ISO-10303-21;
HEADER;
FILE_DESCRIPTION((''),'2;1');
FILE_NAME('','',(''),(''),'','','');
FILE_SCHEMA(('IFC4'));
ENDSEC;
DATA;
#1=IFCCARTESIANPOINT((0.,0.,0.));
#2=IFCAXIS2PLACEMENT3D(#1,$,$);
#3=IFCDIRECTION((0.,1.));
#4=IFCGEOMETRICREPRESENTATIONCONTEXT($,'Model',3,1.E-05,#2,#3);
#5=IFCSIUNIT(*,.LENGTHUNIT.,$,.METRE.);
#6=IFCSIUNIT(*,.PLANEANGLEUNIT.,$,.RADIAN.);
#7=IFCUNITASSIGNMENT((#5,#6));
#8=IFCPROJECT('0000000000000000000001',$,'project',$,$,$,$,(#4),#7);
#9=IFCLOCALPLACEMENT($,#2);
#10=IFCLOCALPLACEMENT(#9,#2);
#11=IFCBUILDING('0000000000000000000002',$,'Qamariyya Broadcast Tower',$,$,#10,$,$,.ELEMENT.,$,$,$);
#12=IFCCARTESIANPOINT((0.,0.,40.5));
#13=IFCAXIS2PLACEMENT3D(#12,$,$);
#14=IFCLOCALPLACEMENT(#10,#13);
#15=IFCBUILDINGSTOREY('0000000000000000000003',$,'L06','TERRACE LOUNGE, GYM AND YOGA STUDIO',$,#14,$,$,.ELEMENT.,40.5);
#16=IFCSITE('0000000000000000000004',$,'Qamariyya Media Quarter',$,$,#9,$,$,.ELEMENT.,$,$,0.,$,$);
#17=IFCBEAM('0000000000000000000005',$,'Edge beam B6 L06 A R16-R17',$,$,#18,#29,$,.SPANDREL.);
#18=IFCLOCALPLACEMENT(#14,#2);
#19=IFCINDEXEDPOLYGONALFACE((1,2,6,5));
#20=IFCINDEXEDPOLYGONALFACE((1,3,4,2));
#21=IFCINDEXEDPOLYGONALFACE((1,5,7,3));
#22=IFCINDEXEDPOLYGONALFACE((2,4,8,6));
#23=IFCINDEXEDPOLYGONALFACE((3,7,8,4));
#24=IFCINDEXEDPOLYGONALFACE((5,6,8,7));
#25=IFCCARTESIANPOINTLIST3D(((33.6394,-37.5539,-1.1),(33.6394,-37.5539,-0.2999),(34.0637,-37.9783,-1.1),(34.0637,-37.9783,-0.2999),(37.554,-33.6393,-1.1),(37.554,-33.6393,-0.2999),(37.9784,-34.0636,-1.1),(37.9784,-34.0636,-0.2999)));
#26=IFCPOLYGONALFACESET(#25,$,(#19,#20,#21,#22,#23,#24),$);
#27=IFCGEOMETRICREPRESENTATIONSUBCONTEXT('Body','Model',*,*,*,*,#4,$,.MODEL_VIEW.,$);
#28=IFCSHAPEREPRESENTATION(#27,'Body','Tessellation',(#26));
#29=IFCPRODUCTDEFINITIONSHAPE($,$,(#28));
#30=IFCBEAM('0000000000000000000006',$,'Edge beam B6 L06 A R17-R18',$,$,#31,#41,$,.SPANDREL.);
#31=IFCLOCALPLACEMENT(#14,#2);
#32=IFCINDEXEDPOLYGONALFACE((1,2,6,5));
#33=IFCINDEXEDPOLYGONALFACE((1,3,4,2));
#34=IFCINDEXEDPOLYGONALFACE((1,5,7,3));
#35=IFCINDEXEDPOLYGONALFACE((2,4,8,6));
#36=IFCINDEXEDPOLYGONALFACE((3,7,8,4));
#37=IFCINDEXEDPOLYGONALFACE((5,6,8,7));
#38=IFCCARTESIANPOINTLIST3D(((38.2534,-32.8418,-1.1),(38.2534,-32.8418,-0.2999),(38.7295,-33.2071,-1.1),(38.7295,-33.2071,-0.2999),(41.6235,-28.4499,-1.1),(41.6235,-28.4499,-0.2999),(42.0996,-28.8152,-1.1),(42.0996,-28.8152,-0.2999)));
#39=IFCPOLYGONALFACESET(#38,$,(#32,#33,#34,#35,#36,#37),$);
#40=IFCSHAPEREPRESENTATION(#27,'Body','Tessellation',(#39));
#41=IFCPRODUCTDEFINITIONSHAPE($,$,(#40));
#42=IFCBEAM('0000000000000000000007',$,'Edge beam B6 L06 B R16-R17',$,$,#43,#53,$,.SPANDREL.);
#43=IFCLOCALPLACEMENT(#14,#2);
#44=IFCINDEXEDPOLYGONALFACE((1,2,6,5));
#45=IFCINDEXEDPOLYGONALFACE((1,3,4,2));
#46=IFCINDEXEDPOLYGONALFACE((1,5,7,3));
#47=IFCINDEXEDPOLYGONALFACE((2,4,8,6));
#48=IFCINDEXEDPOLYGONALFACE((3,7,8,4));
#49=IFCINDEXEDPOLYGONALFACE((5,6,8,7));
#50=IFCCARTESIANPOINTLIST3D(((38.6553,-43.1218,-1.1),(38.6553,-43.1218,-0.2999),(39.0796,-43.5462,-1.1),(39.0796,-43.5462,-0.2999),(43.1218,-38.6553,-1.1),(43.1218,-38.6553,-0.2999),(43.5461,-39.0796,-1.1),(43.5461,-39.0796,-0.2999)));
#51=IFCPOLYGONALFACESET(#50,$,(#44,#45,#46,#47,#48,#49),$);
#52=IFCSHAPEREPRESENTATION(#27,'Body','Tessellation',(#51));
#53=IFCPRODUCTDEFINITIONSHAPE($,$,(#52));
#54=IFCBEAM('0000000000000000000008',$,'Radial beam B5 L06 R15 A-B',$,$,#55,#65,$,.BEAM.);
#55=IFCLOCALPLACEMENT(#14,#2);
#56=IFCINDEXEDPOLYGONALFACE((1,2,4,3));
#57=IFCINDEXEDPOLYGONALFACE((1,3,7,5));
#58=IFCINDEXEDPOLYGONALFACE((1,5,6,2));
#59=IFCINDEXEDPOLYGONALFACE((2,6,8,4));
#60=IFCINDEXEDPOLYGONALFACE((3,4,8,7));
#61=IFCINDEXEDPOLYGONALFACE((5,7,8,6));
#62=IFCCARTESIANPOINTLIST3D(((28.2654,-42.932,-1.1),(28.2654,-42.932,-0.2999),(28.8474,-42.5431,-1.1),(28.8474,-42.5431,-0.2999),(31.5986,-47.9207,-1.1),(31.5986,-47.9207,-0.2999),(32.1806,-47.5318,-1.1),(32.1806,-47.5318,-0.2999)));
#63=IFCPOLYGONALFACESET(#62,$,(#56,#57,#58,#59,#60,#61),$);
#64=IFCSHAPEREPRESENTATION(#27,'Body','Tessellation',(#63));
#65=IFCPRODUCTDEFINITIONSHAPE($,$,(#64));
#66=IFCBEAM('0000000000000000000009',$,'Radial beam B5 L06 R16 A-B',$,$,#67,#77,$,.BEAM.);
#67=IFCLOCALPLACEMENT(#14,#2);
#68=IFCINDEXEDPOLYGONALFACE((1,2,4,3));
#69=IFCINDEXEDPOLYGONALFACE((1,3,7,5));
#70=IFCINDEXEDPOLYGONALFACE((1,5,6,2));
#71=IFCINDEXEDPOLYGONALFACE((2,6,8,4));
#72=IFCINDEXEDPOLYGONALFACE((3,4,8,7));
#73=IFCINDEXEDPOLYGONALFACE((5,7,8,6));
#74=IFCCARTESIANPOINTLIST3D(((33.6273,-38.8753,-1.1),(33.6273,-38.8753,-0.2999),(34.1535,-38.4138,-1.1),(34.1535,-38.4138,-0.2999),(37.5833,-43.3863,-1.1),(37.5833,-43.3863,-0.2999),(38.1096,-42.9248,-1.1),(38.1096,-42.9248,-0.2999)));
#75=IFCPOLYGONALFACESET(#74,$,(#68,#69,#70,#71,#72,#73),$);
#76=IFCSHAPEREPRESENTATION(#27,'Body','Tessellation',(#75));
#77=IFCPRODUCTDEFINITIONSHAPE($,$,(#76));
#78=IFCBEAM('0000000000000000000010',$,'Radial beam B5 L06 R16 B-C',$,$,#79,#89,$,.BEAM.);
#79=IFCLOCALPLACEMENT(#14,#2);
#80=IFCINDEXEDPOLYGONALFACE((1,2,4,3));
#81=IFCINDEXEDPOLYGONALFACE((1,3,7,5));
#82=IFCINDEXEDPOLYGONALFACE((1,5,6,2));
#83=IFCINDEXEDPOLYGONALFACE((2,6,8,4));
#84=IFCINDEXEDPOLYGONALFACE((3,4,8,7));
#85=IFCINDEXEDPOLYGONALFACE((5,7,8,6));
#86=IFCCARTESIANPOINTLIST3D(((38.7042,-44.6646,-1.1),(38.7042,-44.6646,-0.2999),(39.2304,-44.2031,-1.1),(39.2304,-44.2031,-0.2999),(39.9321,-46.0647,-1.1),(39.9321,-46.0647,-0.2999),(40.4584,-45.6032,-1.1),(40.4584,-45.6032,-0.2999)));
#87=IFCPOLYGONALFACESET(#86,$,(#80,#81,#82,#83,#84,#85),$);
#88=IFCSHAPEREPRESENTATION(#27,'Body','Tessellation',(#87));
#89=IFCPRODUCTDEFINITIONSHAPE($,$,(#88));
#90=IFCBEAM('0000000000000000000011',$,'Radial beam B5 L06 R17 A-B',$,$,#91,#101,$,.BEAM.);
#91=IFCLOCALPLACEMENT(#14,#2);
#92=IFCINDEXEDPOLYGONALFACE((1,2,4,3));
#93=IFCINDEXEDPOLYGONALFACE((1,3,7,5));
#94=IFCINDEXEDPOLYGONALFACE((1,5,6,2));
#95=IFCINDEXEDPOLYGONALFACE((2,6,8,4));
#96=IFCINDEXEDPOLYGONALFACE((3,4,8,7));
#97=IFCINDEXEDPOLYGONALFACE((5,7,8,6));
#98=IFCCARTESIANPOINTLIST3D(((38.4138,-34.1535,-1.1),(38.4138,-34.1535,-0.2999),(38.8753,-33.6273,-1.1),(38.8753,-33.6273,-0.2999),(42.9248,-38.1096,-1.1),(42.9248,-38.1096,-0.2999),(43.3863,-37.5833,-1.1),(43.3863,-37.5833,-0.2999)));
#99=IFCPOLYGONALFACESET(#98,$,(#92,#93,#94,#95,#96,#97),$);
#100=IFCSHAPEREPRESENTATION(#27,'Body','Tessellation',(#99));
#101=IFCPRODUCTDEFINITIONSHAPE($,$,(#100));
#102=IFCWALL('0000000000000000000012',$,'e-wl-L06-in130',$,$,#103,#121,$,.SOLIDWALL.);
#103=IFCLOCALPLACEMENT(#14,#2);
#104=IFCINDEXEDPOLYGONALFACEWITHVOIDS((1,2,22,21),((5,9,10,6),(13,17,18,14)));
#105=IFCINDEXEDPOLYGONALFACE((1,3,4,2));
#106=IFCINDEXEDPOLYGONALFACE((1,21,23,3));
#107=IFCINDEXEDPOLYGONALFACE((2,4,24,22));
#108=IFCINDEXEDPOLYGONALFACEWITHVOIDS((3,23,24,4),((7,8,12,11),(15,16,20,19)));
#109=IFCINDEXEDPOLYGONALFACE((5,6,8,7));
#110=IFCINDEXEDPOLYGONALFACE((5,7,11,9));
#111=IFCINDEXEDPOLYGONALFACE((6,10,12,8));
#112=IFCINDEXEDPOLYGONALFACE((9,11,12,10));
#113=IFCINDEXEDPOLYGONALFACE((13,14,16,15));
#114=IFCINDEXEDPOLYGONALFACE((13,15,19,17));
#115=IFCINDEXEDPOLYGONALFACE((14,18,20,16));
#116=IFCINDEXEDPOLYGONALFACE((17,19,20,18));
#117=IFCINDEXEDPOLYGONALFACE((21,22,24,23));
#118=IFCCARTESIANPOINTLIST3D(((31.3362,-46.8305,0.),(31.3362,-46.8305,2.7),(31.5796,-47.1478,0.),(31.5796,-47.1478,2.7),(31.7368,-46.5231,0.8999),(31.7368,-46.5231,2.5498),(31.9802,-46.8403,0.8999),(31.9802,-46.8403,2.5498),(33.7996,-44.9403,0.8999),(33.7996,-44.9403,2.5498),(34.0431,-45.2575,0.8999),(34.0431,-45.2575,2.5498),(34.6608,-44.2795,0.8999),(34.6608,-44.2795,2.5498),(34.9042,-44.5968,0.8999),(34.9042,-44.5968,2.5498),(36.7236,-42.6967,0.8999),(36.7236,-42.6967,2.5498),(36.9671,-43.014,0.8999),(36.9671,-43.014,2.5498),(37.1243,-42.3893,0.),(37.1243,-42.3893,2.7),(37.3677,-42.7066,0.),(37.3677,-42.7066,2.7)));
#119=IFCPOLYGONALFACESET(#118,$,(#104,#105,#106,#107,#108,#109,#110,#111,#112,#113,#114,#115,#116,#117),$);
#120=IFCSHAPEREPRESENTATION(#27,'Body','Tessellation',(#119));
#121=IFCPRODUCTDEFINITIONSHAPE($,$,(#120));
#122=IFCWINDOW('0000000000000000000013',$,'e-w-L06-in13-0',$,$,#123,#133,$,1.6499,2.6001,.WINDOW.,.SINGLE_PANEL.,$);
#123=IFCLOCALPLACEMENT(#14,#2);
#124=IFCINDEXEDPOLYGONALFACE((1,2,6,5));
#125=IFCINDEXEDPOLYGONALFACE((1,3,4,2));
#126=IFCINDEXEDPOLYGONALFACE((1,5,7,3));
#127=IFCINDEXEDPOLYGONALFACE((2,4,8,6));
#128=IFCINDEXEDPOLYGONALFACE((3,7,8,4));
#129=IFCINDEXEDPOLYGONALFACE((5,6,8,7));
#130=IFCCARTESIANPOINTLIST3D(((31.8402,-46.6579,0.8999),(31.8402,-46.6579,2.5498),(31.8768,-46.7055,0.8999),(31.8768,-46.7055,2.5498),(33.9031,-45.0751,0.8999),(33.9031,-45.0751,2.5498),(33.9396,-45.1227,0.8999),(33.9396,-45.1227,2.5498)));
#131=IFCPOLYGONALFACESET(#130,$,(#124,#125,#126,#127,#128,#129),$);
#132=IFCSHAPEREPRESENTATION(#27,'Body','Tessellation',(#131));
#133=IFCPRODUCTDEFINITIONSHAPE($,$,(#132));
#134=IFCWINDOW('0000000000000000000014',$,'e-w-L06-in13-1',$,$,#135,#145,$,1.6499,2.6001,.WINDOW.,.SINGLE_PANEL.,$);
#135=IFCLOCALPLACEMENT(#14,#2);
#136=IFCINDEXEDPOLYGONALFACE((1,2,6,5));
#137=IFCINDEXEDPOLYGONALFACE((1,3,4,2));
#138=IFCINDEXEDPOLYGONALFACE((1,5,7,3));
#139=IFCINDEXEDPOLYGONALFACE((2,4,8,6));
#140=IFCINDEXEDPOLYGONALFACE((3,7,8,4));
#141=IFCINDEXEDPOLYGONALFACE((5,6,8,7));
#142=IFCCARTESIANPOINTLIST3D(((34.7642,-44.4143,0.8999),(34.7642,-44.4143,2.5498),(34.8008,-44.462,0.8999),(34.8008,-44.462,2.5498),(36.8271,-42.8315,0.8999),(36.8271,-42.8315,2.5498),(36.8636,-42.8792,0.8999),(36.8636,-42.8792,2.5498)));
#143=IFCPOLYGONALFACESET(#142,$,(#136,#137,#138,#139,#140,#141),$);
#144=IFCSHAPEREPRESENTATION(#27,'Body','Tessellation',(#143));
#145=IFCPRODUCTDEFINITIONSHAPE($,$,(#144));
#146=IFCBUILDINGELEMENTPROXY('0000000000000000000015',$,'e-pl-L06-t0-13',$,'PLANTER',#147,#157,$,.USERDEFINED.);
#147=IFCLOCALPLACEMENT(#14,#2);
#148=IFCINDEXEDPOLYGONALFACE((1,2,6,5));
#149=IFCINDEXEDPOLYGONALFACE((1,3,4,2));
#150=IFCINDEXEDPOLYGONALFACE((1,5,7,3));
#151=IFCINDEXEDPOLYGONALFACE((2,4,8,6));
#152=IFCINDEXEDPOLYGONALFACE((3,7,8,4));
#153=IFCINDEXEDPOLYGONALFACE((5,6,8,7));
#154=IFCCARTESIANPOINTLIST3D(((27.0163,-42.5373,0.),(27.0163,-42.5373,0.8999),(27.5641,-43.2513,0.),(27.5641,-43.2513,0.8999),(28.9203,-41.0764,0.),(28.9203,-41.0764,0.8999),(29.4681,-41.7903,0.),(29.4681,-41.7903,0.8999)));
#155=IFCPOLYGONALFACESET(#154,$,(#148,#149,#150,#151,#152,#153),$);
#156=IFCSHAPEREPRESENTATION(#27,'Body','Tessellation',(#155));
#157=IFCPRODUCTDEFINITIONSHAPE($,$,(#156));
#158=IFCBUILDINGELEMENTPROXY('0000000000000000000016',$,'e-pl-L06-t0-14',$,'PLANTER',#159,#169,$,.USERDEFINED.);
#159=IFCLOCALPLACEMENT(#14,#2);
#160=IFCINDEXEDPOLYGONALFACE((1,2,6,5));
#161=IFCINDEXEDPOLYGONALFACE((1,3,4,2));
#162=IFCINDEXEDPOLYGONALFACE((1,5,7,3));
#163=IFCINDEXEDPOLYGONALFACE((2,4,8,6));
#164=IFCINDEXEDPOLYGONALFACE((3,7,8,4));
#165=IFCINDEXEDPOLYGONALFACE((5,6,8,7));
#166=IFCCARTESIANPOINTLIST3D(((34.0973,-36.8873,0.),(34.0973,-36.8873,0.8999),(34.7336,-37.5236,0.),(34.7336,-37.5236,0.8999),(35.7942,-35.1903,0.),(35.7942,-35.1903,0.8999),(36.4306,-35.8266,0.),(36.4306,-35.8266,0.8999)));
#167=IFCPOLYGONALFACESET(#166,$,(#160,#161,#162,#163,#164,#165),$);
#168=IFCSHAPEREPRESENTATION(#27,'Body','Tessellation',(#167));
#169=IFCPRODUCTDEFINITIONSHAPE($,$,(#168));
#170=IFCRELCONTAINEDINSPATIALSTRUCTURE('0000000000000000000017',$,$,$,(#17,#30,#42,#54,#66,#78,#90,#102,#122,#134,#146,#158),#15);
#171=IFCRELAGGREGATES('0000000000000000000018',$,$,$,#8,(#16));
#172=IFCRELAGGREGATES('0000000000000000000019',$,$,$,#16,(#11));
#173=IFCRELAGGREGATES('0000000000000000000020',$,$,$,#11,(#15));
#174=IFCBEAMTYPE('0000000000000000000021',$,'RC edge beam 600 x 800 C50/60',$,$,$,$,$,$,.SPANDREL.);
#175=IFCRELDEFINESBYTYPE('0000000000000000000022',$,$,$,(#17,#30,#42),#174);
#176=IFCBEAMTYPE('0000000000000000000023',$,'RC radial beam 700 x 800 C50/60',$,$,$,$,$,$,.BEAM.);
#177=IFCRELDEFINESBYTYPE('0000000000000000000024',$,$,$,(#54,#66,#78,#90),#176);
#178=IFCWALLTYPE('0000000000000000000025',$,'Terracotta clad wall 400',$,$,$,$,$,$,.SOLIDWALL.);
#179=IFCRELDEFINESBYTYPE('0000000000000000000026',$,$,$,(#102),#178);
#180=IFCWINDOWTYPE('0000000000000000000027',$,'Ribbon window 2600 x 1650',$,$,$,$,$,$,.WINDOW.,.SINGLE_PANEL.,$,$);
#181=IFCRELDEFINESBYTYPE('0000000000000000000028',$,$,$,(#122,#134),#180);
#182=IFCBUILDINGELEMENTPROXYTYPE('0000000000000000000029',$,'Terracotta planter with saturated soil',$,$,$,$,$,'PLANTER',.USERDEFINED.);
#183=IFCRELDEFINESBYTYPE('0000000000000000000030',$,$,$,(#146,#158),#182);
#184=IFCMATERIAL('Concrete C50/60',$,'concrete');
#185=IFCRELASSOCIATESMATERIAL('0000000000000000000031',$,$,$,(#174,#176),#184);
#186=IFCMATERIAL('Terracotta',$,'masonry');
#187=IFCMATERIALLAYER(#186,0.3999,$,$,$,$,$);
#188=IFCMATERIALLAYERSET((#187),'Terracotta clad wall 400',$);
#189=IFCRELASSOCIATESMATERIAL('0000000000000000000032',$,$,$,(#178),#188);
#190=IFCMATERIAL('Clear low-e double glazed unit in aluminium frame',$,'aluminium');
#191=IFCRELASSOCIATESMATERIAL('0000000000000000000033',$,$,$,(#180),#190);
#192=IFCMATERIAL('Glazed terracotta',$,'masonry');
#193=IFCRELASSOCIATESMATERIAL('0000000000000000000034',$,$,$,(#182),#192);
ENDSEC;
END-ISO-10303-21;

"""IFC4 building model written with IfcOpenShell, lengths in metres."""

from ifc_helpers import new_model, si_unit, direction, frame, frame_2d, origin, origin_2d, place, context, subcontext, project, spatial, rectangle, extrude, material, layer, layer_set, material_profile, profile_set, type_object, element, fill, save


model = new_model("IFC4")

# Units and contexts
model_context = context("Model", 3, precision=1e-05, world=origin(), true_north=direction((0.0, 1.0)))
body_context = subcontext(model_context, "Body", "Model", "MODEL_VIEW")
ifc_project = project(units=[si_unit("LENGTHUNIT", "METRE"), si_unit("PLANEANGLEUNIT", "RADIAN")], contexts=[model_context])

# Site, building, storey
site_placement = place(None, origin())
site = spatial("IfcSite", under=ifc_project, at=site_placement, Name="Qamariyya Media Quarter", CompositionType="ELEMENT", RefElevation=0.0)
building_placement = place(site_placement, origin())
building = spatial("IfcBuilding", under=site, at=building_placement, Name="Qamariyya Broadcast Tower", CompositionType="ELEMENT")
storey_placement = place(building_placement, frame((0.0, 0.0, 40.5)))
storey = spatial("IfcBuildingStorey", under=building, at=storey_placement, Name="L06", Description="TERRACE LOUNGE, GYM AND YOGA STUDIO", CompositionType="ELEMENT", Elevation=40.5)

# Beams
ifc_material_1 = material(Name="Concrete C50/60", Category="concrete")
ifc_material_profile_1 = material_profile(ifc_material_1, rectangle(XDim=0.6001, YDim=0.8, at=origin_2d()))
ifc_profile_set_1 = profile_set([ifc_material_profile_1], Name="Concrete C50/60")
beam_type_1 = type_object("IfcBeamType", Name="RC edge beam 600 x 800 C50/60", PredefinedType="SPANDREL", material=ifc_profile_set_1)
beam_1_placement = place(storey_placement, frame((33.8516, -37.7661, -0.7), z_axis=(0.707107, 0.707107, 0.0), x_axis=(-0.707107, 0.707107, 0.0)))
element("IfcBeam", 1, at=beam_1_placement, inside=storey, type_object=beam_type_1, Name="Edge beam B6 L06 A R16-R17", PredefinedType="SPANDREL", context=body_context, shape_type="SweptSolid", body=[
    extrude(rectangle(XDim=0.6001, YDim=0.8, at=origin_2d()), origin(), (0.0, 0.0, 1.0), 5.5361),
])
beam_2_placement = place(storey_placement, frame((38.4915, -33.0244, -0.7), z_axis=(0.608777, 0.793342, 0.0), x_axis=(-0.793342, 0.608777, 0.0)))
element("IfcBeam", 2, at=beam_2_placement, inside=storey, type_object=beam_type_1, Name="Edge beam B6 L06 A R17-R18", PredefinedType="SPANDREL", context=body_context, shape_type="SweptSolid", body=[
    extrude(rectangle(XDim=0.6001, YDim=0.8, at=origin_2d()), origin(), (0.0, 0.0, 1.0), 5.5359),
])
beam_3_placement = place(storey_placement, frame((38.8674, -43.334, -0.7), z_axis=(0.707107, 0.707107, 0.0), x_axis=(-0.707107, 0.707107, 0.0)))
element("IfcBeam", 3, at=beam_3_placement, inside=storey, type_object=beam_type_1, Name="Edge beam B6 L06 B R16-R17", PredefinedType="SPANDREL", context=body_context, shape_type="SweptSolid", body=[
    extrude(rectangle(XDim=0.6001, YDim=0.8, at=origin_2d()), origin(), (0.0, 0.0, 1.0), 6.3167),
])
ifc_material_profile_2 = material_profile(ifc_material_1, rectangle(XDim=0.7, YDim=0.8, at=origin_2d()))
ifc_profile_set_2 = profile_set([ifc_material_profile_2], Name="Concrete C50/60")
beam_type_2 = type_object("IfcBeamType", Name="RC radial beam 700 x 800 C50/60", PredefinedType="BEAM", material=ifc_profile_set_2)
beam_4_placement = place(storey_placement, frame((28.5564, -42.7375, -0.7), z_axis=(0.555554, -0.83148, 0.0), x_axis=(0.83148, 0.555554, 0.0)))
element("IfcBeam", 4, at=beam_4_placement, inside=storey, type_object=beam_type_2, Name="Radial beam B5 L06 R15 A-B", PredefinedType="BEAM", context=body_context, shape_type="SweptSolid", body=[
    extrude(rectangle(XDim=0.7, YDim=0.8, at=origin_2d()), origin(), (0.0, 0.0, 1.0), 5.9998),
])
beam_5_placement = place(storey_placement, frame((33.8904, -38.6445, -0.7), z_axis=(0.659348, -0.751838, 0.0), x_axis=(0.751838, 0.659348, 0.0)))
element("IfcBeam", 5, at=beam_5_placement, inside=storey, type_object=beam_type_2, Name="Radial beam B5 L06 R16 A-B", PredefinedType="BEAM", context=body_context, shape_type="SweptSolid", body=[
    extrude(rectangle(XDim=0.7, YDim=0.8, at=origin_2d()), origin(), (0.0, 0.0, 1.0), 6.0),
])
beam_6_placement = place(storey_placement, frame((38.9673, -44.4338, -0.7), z_axis=(0.659386, -0.751805, 0.0), x_axis=(0.751805, 0.659386, 0.0)))
element("IfcBeam", 6, at=beam_6_placement, inside=storey, type_object=beam_type_2, Name="Radial beam B5 L06 R16 B-C", PredefinedType="BEAM", context=body_context, shape_type="SweptSolid", body=[
    extrude(rectangle(XDim=0.7, YDim=0.8, at=origin_2d()), origin(), (0.0, 0.0, 1.0), 1.8623),
])
beam_7_placement = place(storey_placement, frame((38.6445, -33.8904, -0.7), z_axis=(0.751838, -0.659348, 0.0), x_axis=(0.659348, 0.751838, 0.0)))
element("IfcBeam", 7, at=beam_7_placement, inside=storey, type_object=beam_type_2, Name="Radial beam B5 L06 R17 A-B", PredefinedType="BEAM", context=body_context, shape_type="SweptSolid", body=[
    extrude(rectangle(XDim=0.7, YDim=0.8, at=origin_2d()), origin(), (0.0, 0.0, 1.0), 6.0),
])

# Wall, openings, windows
ifc_material_2 = material(Name="Terracotta", Category="masonry")
ifc_layer = layer(ifc_material_2, 0.3999)
ifc_layer_set = layer_set([ifc_layer], Name="Terracotta clad wall 400")
wall_type = type_object("IfcWallType", Name="Terracotta clad wall 400", PredefinedType="SOLIDWALL", material=ifc_layer_set)
wall_placement = place(storey_placement, frame((37.2461, -42.5479, 0.0), z_axis=(0.0, 0.0, 1.0), x_axis=(-0.793366, -0.608745, 0.0)))
wall = element("IfcWall", 8, at=wall_placement, inside=storey, type_object=wall_type, Name="e-wl-L06-in130", PredefinedType="SOLIDWALL", context=body_context, shape_type="SweptSolid", body=[
    extrude(rectangle(XDim=7.2957, YDim=0.3999, at=frame_2d((3.6479, 0.0))), origin(), (0.0, 0.0, 1.0), 2.7),
])
opening_1_placement = place(wall_placement, frame((4.1907, 0.0, 0.8999)))
opening_1 = element("IfcOpeningElement", 9, at=opening_1_placement, cuts=wall, PredefinedType="OPENING", context=body_context, shape_type="SweptSolid", body=[
    extrude(rectangle(XDim=2.6001, YDim=1.6499, at=frame_2d((1.3, 0.825))), frame((0.0, 0.21, 0.0), z_axis=(0.0, -1.0, 0.0), x_axis=(1.0, 0.0, 0.0)), (0.0, 0.0, 1.0), 0.4199),
])
opening_2_placement = place(wall_placement, frame((0.5051, 0.0, 0.8999)))
opening_2 = element("IfcOpeningElement", 10, at=opening_2_placement, cuts=wall, PredefinedType="OPENING", context=body_context, shape_type="SweptSolid", body=[
    extrude(rectangle(XDim=2.6001, YDim=1.6499, at=frame_2d((1.3, 0.825))), frame((0.0, 0.21, 0.0), z_axis=(0.0, -1.0, 0.0), x_axis=(1.0, 0.0, 0.0)), (0.0, 0.0, 1.0), 0.4199),
])
ifc_material_3 = material(Name="Clear low-e double glazed unit in aluminium frame", Category="aluminium")
window_type = type_object("IfcWindowType", Name="Ribbon window 2600 x 1650", PartitioningType="SINGLE_PANEL", PredefinedType="WINDOW", material=ifc_material_3)
window_1_placement = place(opening_1_placement, origin())
window_1 = element("IfcWindow", 11, at=window_1_placement, inside=storey, type_object=window_type, Name="e-w-L06-in13-0", OverallHeight=1.6499, OverallWidth=2.6001, PartitioningType="SINGLE_PANEL", PredefinedType="WINDOW", context=body_context, shape_type="SweptSolid", body=[
    extrude(rectangle(XDim=2.6001, YDim=1.6499, at=frame_2d((1.3, 0.825))), frame((0.0, 0.03, 0.0), z_axis=(0.0, -1.0, 0.0), x_axis=(1.0, 0.0, 0.0)), (0.0, 0.0, 1.0), 0.0601),
])
fill(opening_1, window_1)
window_2_placement = place(opening_2_placement, origin())
window_2 = element("IfcWindow", 12, at=window_2_placement, inside=storey, type_object=window_type, Name="e-w-L06-in13-1", OverallHeight=1.6499, OverallWidth=2.6001, PartitioningType="SINGLE_PANEL", PredefinedType="WINDOW", context=body_context, shape_type="SweptSolid", body=[
    extrude(rectangle(XDim=2.6001, YDim=1.6499, at=frame_2d((1.3, 0.825))), frame((0.0, 0.03, 0.0), z_axis=(0.0, -1.0, 0.0), x_axis=(1.0, 0.0, 0.0)), (0.0, 0.0, 1.0), 0.0601),
])
fill(opening_2, window_2)

# Building element proxies
ifc_material_4 = material(Name="Glazed terracotta", Category="masonry")
building_element_proxy_type = type_object("IfcBuildingElementProxyType", Name="Terracotta planter with saturated soil", ElementType="PLANTER", PredefinedType="USERDEFINED", material=ifc_material_4)
for number, where, z_axis, x_axis, name in (
    (13, (28.2422, -42.1638, 0.0), (0.0, 0.0, 1.0), (0.793353, 0.608761, 0.0), "e-pl-L06-t0-13"),
    (14, (35.2639, -36.3569, 0.0), (0.0, 0.0, 1.0), (0.707107, 0.707107, 0.0), "e-pl-L06-t0-14"),
):
    element("IfcBuildingElementProxy", number, at=place(storey_placement, frame(where, z_axis=z_axis, x_axis=x_axis)), inside=storey, type_object=building_element_proxy_type, Name=name, ObjectType="PLANTER", PredefinedType="USERDEFINED", context=body_context, shape_type="SweptSolid", body=[
        extrude(rectangle(XDim=2.3999, YDim=0.8999, at=origin_2d()), origin(), (0.0, 0.0, 1.0), 0.8999),
    ])

save(model, "model.ifc")
